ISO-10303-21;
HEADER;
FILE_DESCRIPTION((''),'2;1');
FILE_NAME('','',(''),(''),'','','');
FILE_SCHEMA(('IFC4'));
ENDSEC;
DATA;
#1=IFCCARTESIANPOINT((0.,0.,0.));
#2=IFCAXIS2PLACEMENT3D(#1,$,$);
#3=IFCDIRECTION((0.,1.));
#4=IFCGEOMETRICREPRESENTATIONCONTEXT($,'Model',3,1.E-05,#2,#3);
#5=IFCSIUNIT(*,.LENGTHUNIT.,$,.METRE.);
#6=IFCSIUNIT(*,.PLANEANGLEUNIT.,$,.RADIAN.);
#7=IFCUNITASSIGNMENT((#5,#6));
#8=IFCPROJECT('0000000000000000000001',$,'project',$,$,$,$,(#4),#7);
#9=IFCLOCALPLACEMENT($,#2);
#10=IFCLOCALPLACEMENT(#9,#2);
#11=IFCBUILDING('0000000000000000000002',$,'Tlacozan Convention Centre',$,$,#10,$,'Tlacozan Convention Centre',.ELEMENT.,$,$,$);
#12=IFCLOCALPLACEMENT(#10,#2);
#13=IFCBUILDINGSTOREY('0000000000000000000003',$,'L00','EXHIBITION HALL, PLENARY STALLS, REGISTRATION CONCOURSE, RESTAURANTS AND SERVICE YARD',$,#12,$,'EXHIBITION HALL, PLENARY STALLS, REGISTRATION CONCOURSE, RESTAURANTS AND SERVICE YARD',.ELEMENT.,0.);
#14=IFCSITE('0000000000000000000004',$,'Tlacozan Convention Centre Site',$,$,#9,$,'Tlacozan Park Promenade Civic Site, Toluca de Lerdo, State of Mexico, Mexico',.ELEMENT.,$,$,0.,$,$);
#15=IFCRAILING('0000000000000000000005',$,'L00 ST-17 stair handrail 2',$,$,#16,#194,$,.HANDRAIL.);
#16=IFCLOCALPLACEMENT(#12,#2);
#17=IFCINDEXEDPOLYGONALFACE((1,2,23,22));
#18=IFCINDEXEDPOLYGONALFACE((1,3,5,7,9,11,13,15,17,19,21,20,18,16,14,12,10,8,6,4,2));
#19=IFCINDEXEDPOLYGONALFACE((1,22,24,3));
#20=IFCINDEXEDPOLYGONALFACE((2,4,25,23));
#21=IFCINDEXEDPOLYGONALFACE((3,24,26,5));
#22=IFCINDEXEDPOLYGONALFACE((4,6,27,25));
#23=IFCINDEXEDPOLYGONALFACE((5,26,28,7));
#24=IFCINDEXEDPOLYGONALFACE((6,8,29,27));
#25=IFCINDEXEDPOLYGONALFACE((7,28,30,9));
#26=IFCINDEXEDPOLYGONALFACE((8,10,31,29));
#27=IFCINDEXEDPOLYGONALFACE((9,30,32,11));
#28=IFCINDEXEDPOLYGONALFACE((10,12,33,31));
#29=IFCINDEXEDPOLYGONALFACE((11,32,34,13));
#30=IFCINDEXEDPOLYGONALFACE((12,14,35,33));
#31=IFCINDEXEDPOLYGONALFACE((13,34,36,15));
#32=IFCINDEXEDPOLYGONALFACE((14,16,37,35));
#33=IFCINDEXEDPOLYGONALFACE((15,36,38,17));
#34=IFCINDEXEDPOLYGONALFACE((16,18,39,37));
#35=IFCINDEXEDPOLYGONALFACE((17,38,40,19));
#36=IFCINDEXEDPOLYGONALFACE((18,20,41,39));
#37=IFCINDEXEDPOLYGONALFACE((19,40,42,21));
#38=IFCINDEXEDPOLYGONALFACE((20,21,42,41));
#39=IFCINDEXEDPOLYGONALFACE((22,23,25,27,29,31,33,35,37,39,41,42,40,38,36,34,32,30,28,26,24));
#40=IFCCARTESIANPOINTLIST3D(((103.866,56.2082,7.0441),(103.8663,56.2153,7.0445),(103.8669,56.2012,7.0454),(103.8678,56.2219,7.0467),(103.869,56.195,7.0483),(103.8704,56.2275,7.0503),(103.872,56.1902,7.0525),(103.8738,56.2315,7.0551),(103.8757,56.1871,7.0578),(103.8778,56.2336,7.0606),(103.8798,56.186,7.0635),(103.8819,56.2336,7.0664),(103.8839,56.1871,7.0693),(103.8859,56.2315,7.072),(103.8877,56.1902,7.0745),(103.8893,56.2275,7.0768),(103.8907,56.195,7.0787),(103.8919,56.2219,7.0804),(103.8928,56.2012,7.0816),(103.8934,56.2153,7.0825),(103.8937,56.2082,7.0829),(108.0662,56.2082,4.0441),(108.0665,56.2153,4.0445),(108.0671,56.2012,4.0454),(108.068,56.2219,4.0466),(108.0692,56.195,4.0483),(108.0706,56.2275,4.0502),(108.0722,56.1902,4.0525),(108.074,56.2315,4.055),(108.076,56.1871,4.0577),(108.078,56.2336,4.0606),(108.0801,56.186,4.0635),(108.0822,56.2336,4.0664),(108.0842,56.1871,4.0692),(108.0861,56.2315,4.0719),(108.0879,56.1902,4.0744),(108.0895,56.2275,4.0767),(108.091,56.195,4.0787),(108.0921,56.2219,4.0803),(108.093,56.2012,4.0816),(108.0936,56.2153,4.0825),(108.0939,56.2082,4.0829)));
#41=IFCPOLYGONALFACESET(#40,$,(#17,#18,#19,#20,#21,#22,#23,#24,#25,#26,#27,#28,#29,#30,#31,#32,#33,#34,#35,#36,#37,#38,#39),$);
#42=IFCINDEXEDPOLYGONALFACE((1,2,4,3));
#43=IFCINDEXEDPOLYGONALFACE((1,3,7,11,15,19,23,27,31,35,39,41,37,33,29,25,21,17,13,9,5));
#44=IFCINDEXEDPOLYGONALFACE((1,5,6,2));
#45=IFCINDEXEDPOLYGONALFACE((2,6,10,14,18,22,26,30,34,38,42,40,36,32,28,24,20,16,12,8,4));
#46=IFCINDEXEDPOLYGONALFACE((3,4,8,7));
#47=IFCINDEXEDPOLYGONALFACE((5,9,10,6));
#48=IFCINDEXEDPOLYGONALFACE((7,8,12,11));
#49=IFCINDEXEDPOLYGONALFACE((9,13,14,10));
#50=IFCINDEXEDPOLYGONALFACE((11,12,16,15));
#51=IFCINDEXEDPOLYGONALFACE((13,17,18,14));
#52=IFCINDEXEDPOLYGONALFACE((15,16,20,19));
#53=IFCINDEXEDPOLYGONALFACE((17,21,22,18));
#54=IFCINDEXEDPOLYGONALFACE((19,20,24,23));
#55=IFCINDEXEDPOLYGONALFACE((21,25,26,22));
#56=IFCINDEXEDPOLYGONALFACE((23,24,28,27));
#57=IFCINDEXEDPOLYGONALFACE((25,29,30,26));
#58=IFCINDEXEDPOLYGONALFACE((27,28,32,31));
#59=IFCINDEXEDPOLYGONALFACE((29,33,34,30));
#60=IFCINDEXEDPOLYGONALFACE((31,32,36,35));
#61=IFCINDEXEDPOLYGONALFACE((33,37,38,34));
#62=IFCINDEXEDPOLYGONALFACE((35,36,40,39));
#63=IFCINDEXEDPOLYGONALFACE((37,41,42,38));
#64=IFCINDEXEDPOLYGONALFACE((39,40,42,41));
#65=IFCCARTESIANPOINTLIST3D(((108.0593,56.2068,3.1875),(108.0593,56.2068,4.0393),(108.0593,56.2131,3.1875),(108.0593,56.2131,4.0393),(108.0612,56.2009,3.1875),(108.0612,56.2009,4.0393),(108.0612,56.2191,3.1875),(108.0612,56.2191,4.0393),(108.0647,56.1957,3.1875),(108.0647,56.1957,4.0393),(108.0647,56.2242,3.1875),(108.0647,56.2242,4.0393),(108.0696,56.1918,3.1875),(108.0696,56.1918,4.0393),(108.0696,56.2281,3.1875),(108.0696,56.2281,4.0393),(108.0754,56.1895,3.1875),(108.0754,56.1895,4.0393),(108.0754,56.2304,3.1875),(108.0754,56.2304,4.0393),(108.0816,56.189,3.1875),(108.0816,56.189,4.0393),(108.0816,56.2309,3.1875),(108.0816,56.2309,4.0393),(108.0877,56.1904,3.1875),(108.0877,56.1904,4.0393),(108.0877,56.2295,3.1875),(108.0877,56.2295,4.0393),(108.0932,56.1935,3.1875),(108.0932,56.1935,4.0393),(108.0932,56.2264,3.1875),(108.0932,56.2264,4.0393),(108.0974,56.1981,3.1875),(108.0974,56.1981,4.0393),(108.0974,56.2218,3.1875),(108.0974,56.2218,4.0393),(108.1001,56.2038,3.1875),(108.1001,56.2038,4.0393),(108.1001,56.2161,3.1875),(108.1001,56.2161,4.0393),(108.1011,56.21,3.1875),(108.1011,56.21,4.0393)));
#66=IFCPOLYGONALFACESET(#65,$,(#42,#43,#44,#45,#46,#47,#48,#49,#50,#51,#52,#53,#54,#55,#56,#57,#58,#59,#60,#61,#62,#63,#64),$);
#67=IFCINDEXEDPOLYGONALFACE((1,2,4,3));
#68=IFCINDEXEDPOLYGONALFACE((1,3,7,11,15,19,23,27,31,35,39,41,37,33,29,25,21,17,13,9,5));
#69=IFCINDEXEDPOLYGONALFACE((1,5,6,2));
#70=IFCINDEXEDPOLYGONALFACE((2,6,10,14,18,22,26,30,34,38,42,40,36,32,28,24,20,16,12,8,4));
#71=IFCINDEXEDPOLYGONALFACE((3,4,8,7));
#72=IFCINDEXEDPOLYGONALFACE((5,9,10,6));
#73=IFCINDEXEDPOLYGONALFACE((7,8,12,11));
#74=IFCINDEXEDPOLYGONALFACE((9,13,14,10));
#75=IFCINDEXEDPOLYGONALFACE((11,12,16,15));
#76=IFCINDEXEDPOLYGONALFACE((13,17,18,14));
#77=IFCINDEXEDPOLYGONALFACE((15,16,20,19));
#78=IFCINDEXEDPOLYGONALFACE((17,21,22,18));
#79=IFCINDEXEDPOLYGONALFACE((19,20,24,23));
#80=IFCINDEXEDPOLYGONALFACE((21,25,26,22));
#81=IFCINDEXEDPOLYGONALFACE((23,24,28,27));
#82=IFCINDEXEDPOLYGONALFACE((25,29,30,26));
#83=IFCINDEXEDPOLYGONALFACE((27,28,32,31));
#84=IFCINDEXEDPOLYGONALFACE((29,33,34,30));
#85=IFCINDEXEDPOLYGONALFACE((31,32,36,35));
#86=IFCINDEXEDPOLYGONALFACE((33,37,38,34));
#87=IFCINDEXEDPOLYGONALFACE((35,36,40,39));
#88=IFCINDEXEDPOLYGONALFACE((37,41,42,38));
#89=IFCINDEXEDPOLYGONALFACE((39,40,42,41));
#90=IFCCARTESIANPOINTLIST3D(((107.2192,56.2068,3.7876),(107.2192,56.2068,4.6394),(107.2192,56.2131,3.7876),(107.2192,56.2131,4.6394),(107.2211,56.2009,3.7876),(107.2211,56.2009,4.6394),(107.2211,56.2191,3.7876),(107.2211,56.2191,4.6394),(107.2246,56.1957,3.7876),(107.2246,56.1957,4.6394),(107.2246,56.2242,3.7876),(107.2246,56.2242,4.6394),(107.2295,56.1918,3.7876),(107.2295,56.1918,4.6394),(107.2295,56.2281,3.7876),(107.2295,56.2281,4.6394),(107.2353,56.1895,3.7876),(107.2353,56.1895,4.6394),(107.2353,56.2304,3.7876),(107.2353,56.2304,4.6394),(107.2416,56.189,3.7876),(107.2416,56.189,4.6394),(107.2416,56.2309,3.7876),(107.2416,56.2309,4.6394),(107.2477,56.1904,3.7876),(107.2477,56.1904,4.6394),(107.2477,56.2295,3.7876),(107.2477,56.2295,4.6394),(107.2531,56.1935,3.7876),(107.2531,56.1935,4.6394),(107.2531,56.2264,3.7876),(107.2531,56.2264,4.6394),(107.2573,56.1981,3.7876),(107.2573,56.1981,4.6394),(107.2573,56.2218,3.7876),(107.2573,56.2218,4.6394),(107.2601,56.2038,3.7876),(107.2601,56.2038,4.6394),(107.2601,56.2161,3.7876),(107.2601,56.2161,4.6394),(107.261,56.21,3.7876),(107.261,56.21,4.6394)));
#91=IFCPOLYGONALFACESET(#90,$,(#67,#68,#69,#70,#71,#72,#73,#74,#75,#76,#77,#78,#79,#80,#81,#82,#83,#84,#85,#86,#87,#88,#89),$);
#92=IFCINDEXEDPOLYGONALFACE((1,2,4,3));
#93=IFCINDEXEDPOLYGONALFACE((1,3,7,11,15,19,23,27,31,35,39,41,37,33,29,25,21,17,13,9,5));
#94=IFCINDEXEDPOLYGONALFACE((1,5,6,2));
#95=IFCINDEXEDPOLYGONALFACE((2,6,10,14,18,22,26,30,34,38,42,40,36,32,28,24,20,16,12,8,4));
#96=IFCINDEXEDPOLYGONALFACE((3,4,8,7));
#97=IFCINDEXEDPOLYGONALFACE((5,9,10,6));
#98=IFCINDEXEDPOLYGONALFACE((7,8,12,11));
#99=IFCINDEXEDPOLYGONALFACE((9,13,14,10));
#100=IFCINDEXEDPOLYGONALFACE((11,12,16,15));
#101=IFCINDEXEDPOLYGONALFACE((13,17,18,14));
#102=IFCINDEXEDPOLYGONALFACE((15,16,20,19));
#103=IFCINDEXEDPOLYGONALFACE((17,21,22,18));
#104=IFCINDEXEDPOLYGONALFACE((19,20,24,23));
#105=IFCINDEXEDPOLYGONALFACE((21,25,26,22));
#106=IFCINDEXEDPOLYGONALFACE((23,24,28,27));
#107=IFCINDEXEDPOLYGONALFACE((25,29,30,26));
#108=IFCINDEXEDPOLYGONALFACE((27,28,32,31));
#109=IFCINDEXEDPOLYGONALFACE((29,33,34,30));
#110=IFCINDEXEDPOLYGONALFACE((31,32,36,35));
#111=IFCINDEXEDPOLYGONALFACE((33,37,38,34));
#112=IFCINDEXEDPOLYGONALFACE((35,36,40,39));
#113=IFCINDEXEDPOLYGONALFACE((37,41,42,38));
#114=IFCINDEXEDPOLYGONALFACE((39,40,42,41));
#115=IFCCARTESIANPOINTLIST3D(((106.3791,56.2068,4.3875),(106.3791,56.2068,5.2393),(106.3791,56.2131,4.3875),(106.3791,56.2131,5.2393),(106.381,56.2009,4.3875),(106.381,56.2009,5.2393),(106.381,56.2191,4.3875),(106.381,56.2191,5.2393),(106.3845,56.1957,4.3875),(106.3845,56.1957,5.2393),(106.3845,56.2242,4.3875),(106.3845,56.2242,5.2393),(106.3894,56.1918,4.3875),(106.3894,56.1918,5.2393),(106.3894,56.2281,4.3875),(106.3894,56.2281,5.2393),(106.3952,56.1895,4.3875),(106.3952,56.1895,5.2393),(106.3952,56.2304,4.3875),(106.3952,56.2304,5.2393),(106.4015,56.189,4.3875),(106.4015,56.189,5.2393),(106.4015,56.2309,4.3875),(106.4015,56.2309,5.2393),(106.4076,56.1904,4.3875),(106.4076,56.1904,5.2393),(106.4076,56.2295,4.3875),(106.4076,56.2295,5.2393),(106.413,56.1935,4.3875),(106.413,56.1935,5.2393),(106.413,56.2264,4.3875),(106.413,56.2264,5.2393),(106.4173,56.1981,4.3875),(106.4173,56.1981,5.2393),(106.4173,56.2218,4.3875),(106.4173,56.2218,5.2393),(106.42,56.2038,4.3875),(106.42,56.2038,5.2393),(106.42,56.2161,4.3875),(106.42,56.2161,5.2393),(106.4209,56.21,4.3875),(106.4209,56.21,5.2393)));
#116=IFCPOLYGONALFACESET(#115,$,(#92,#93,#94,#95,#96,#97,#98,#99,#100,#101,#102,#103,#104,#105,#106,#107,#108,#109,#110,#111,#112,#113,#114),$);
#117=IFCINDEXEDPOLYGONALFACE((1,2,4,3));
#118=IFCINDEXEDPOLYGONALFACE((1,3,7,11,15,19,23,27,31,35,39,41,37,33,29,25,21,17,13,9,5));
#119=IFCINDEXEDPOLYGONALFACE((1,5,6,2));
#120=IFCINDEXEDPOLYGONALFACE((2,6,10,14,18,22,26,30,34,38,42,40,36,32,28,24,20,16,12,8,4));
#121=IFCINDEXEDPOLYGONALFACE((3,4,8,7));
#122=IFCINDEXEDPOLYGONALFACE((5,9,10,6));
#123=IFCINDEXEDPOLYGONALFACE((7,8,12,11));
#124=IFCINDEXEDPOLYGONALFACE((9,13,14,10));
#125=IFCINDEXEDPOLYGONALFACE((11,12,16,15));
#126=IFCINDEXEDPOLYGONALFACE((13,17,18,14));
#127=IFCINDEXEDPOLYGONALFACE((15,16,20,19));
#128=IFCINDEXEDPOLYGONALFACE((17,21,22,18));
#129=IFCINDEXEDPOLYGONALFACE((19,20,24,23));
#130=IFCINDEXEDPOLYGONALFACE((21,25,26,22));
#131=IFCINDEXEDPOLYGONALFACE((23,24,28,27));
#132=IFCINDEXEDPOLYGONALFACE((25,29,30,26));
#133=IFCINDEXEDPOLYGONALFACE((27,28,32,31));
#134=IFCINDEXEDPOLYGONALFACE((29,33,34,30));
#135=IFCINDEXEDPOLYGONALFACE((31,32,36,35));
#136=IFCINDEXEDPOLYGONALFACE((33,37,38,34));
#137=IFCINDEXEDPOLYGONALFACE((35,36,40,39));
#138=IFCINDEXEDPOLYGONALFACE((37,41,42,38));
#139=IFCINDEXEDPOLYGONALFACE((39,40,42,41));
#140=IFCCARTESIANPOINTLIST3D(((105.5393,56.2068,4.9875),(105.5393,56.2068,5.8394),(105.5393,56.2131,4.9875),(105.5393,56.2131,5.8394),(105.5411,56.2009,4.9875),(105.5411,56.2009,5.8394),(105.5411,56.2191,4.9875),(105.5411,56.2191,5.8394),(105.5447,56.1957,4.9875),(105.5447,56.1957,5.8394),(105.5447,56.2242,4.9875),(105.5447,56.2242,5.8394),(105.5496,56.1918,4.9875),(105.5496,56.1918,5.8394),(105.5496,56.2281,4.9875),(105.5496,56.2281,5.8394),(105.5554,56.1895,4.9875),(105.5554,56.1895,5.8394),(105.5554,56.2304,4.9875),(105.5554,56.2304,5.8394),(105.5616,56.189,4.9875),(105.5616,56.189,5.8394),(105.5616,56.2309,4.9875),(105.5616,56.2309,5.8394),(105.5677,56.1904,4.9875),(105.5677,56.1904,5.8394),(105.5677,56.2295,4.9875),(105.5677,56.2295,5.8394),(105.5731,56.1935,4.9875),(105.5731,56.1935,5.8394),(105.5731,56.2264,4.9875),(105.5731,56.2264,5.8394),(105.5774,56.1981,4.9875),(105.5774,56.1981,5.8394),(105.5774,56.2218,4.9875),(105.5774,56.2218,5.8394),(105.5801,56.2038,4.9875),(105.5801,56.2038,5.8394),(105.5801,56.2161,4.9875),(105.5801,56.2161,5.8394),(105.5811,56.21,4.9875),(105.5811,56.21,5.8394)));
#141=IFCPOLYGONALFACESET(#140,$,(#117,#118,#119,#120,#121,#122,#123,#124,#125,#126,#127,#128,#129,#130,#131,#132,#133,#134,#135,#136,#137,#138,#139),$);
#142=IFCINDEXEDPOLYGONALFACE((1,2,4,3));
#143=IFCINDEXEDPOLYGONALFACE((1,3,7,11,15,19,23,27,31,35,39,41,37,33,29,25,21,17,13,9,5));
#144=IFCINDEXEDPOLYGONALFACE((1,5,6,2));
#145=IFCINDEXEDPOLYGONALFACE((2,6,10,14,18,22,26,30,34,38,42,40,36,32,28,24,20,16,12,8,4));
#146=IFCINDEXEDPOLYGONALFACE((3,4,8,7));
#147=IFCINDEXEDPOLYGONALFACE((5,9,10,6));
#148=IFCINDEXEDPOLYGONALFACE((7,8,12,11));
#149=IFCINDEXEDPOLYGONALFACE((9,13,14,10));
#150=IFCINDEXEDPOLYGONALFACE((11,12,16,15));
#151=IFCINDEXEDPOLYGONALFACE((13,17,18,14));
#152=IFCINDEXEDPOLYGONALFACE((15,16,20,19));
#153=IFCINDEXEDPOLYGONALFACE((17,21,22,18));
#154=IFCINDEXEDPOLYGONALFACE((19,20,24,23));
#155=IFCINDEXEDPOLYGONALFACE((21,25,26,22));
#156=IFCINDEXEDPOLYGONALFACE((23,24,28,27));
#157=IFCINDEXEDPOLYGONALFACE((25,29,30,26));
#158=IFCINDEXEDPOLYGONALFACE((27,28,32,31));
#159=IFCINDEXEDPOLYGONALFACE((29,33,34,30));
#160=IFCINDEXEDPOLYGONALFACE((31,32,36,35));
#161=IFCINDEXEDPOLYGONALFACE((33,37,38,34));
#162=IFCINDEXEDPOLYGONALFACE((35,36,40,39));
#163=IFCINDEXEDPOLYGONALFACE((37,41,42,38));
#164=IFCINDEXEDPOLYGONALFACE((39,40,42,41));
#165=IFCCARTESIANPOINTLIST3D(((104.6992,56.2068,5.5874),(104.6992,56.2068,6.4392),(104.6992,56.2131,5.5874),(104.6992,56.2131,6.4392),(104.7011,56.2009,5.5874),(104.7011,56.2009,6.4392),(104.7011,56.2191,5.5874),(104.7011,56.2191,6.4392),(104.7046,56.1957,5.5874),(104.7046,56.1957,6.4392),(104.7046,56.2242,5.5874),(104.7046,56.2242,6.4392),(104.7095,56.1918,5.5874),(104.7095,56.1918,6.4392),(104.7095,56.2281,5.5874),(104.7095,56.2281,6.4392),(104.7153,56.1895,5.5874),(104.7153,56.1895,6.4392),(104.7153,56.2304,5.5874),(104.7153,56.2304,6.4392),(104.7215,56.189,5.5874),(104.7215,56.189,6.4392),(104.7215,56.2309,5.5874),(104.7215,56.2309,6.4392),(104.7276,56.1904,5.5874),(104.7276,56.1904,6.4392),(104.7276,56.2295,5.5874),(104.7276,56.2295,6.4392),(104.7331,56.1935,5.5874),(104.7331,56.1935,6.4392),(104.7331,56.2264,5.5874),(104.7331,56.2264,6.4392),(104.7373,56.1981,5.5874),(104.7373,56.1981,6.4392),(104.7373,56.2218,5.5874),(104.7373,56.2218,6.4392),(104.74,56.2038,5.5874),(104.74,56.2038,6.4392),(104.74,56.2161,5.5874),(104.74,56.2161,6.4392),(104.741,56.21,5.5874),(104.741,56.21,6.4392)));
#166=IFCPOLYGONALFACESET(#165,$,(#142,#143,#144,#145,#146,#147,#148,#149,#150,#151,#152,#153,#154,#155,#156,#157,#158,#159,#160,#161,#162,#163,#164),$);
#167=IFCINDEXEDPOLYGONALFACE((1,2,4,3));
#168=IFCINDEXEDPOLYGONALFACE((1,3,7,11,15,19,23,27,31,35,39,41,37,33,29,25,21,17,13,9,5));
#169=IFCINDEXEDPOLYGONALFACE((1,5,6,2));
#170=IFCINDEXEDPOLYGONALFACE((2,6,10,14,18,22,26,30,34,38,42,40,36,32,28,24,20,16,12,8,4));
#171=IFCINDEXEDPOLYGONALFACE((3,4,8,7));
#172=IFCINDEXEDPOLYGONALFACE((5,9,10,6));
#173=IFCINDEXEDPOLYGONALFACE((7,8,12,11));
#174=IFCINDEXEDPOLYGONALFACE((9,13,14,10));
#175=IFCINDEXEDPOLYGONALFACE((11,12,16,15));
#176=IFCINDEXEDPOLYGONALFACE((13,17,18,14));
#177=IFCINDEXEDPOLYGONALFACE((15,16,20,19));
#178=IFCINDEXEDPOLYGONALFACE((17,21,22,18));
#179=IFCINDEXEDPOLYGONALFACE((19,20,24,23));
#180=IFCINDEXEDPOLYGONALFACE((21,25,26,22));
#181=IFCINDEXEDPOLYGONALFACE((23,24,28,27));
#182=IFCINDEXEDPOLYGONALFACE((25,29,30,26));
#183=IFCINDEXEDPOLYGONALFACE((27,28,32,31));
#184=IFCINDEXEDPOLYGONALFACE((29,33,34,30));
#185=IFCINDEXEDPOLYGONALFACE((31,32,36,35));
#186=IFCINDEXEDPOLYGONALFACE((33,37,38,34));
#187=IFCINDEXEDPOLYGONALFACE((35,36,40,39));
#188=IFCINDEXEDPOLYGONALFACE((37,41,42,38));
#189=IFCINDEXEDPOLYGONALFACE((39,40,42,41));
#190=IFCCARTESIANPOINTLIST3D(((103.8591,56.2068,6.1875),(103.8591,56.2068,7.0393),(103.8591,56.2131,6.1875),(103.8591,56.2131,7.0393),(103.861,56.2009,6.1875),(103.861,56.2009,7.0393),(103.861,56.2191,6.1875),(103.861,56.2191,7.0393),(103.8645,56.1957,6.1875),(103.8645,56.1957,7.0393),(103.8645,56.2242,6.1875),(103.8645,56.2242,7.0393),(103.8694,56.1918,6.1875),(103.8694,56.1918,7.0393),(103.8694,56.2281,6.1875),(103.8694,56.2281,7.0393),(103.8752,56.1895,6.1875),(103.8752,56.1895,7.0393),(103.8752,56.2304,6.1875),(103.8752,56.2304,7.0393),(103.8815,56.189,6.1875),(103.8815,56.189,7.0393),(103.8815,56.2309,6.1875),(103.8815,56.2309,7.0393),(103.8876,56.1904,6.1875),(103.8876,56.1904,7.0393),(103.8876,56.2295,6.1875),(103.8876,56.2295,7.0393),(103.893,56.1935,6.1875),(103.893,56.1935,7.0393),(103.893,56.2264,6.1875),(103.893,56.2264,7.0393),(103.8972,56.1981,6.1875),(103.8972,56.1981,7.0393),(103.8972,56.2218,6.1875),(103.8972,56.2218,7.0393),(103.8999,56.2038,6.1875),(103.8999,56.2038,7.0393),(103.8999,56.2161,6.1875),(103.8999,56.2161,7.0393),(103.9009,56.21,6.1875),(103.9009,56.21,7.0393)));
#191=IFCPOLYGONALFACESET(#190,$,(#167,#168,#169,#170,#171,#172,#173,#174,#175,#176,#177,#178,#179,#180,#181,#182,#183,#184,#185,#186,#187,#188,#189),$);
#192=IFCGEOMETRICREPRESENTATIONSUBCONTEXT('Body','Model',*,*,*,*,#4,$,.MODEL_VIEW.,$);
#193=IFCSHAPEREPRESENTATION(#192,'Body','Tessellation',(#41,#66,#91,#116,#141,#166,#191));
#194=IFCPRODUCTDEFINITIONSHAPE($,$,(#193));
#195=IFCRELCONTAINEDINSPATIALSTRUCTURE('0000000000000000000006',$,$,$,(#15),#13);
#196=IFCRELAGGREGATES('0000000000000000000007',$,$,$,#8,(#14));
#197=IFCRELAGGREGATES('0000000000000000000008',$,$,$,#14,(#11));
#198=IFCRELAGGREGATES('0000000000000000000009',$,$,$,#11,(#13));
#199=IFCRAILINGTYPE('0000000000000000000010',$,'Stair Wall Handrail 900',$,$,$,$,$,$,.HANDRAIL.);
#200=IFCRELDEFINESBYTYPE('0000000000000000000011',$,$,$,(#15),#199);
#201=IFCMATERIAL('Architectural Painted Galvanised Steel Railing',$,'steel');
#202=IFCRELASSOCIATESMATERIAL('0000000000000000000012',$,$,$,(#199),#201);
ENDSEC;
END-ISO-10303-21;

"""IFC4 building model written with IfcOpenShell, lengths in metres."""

from ifc_helpers import new_model, si_unit, direction, frame, origin, origin_2d, place, context, subcontext, project, spatial, circle, extrude, material, type_object, element, save


model = new_model("IFC4")

# Units and contexts
model_context = context("Model", 3, precision=1e-05, world=origin(), true_north=direction((0.0, 1.0)))
body_context = subcontext(model_context, "Body", "Model", "MODEL_VIEW")
ifc_project = project(units=[si_unit("LENGTHUNIT", "METRE"), si_unit("PLANEANGLEUNIT", "RADIAN")], contexts=[model_context])

# Site, building, storey
site_placement = place(None, origin())
site = spatial("IfcSite", under=ifc_project, at=site_placement, Name="Tlacozan Convention Centre Site", LongName="Tlacozan Park Promenade Civic Site, Toluca de Lerdo, State of Mexico, Mexico", CompositionType="ELEMENT", RefElevation=0.0)
building_placement = place(site_placement, origin())
building = spatial("IfcBuilding", under=site, at=building_placement, Name="Tlacozan Convention Centre", LongName="Tlacozan Convention Centre", CompositionType="ELEMENT")
storey_placement = place(building_placement, origin())
storey = spatial("IfcBuildingStorey", under=building, at=storey_placement, Name="L00", Description="EXHIBITION HALL, PLENARY STALLS, REGISTRATION CONCOURSE, RESTAURANTS AND SERVICE YARD", LongName="EXHIBITION HALL, PLENARY STALLS, REGISTRATION CONCOURSE, RESTAURANTS AND SERVICE YARD", CompositionType="ELEMENT", Elevation=0.0)

# Railing
ifc_material_1 = material(Name="Architectural Painted Galvanised Steel Railing", Category="steel")
railing_type_1 = type_object("IfcRailingType", Name="Stair Wall Handrail 900", PredefinedType="HANDRAIL", material=ifc_material_1)
railing_1_placement = place(storey_placement, frame((108.0801, 56.21, 3.1875)))
element("IfcRailing", 1, at=railing_1_placement, inside=storey, type_object=railing_type_1, Name="L00 ST-17 stair handrail 2", PredefinedType="HANDRAIL", context=body_context, shape_type="SweptSolid", body=[
    extrude(circle(Radius=0.0239, at=origin_2d()), frame((0.0, 0.0, 0.876), z_axis=(-0.813746, 0.0, 0.58122), x_axis=(0.0, -1.0, 0.0)), (0.0, 0.0, 1.0), 5.1616),
    extrude(circle(Radius=0.021, at=origin_2d()), origin(), (0.0, 0.0, 1.0), 0.8518),
    extrude(circle(Radius=0.021, at=origin_2d()), frame((-0.8401, 0.0, 0.6001)), (0.0, 0.0, 1.0), 0.8518),
    extrude(circle(Radius=0.021, at=origin_2d()), frame((-1.6802, 0.0, 1.2)), (0.0, 0.0, 1.0), 0.8518),
    extrude(circle(Radius=0.021, at=origin_2d()), frame((-2.52, 0.0, 1.8)), (0.0, 0.0, 1.0), 0.8518),
    extrude(circle(Radius=0.021, at=origin_2d()), frame((-3.3601, 0.0, 2.3999)), (0.0, 0.0, 1.0), 0.8518),
    extrude(circle(Radius=0.021, at=origin_2d()), frame((-4.2002, 0.0, 3.0)), (0.0, 0.0, 1.0), 0.8518),
])

save(model, "model.ifc")
